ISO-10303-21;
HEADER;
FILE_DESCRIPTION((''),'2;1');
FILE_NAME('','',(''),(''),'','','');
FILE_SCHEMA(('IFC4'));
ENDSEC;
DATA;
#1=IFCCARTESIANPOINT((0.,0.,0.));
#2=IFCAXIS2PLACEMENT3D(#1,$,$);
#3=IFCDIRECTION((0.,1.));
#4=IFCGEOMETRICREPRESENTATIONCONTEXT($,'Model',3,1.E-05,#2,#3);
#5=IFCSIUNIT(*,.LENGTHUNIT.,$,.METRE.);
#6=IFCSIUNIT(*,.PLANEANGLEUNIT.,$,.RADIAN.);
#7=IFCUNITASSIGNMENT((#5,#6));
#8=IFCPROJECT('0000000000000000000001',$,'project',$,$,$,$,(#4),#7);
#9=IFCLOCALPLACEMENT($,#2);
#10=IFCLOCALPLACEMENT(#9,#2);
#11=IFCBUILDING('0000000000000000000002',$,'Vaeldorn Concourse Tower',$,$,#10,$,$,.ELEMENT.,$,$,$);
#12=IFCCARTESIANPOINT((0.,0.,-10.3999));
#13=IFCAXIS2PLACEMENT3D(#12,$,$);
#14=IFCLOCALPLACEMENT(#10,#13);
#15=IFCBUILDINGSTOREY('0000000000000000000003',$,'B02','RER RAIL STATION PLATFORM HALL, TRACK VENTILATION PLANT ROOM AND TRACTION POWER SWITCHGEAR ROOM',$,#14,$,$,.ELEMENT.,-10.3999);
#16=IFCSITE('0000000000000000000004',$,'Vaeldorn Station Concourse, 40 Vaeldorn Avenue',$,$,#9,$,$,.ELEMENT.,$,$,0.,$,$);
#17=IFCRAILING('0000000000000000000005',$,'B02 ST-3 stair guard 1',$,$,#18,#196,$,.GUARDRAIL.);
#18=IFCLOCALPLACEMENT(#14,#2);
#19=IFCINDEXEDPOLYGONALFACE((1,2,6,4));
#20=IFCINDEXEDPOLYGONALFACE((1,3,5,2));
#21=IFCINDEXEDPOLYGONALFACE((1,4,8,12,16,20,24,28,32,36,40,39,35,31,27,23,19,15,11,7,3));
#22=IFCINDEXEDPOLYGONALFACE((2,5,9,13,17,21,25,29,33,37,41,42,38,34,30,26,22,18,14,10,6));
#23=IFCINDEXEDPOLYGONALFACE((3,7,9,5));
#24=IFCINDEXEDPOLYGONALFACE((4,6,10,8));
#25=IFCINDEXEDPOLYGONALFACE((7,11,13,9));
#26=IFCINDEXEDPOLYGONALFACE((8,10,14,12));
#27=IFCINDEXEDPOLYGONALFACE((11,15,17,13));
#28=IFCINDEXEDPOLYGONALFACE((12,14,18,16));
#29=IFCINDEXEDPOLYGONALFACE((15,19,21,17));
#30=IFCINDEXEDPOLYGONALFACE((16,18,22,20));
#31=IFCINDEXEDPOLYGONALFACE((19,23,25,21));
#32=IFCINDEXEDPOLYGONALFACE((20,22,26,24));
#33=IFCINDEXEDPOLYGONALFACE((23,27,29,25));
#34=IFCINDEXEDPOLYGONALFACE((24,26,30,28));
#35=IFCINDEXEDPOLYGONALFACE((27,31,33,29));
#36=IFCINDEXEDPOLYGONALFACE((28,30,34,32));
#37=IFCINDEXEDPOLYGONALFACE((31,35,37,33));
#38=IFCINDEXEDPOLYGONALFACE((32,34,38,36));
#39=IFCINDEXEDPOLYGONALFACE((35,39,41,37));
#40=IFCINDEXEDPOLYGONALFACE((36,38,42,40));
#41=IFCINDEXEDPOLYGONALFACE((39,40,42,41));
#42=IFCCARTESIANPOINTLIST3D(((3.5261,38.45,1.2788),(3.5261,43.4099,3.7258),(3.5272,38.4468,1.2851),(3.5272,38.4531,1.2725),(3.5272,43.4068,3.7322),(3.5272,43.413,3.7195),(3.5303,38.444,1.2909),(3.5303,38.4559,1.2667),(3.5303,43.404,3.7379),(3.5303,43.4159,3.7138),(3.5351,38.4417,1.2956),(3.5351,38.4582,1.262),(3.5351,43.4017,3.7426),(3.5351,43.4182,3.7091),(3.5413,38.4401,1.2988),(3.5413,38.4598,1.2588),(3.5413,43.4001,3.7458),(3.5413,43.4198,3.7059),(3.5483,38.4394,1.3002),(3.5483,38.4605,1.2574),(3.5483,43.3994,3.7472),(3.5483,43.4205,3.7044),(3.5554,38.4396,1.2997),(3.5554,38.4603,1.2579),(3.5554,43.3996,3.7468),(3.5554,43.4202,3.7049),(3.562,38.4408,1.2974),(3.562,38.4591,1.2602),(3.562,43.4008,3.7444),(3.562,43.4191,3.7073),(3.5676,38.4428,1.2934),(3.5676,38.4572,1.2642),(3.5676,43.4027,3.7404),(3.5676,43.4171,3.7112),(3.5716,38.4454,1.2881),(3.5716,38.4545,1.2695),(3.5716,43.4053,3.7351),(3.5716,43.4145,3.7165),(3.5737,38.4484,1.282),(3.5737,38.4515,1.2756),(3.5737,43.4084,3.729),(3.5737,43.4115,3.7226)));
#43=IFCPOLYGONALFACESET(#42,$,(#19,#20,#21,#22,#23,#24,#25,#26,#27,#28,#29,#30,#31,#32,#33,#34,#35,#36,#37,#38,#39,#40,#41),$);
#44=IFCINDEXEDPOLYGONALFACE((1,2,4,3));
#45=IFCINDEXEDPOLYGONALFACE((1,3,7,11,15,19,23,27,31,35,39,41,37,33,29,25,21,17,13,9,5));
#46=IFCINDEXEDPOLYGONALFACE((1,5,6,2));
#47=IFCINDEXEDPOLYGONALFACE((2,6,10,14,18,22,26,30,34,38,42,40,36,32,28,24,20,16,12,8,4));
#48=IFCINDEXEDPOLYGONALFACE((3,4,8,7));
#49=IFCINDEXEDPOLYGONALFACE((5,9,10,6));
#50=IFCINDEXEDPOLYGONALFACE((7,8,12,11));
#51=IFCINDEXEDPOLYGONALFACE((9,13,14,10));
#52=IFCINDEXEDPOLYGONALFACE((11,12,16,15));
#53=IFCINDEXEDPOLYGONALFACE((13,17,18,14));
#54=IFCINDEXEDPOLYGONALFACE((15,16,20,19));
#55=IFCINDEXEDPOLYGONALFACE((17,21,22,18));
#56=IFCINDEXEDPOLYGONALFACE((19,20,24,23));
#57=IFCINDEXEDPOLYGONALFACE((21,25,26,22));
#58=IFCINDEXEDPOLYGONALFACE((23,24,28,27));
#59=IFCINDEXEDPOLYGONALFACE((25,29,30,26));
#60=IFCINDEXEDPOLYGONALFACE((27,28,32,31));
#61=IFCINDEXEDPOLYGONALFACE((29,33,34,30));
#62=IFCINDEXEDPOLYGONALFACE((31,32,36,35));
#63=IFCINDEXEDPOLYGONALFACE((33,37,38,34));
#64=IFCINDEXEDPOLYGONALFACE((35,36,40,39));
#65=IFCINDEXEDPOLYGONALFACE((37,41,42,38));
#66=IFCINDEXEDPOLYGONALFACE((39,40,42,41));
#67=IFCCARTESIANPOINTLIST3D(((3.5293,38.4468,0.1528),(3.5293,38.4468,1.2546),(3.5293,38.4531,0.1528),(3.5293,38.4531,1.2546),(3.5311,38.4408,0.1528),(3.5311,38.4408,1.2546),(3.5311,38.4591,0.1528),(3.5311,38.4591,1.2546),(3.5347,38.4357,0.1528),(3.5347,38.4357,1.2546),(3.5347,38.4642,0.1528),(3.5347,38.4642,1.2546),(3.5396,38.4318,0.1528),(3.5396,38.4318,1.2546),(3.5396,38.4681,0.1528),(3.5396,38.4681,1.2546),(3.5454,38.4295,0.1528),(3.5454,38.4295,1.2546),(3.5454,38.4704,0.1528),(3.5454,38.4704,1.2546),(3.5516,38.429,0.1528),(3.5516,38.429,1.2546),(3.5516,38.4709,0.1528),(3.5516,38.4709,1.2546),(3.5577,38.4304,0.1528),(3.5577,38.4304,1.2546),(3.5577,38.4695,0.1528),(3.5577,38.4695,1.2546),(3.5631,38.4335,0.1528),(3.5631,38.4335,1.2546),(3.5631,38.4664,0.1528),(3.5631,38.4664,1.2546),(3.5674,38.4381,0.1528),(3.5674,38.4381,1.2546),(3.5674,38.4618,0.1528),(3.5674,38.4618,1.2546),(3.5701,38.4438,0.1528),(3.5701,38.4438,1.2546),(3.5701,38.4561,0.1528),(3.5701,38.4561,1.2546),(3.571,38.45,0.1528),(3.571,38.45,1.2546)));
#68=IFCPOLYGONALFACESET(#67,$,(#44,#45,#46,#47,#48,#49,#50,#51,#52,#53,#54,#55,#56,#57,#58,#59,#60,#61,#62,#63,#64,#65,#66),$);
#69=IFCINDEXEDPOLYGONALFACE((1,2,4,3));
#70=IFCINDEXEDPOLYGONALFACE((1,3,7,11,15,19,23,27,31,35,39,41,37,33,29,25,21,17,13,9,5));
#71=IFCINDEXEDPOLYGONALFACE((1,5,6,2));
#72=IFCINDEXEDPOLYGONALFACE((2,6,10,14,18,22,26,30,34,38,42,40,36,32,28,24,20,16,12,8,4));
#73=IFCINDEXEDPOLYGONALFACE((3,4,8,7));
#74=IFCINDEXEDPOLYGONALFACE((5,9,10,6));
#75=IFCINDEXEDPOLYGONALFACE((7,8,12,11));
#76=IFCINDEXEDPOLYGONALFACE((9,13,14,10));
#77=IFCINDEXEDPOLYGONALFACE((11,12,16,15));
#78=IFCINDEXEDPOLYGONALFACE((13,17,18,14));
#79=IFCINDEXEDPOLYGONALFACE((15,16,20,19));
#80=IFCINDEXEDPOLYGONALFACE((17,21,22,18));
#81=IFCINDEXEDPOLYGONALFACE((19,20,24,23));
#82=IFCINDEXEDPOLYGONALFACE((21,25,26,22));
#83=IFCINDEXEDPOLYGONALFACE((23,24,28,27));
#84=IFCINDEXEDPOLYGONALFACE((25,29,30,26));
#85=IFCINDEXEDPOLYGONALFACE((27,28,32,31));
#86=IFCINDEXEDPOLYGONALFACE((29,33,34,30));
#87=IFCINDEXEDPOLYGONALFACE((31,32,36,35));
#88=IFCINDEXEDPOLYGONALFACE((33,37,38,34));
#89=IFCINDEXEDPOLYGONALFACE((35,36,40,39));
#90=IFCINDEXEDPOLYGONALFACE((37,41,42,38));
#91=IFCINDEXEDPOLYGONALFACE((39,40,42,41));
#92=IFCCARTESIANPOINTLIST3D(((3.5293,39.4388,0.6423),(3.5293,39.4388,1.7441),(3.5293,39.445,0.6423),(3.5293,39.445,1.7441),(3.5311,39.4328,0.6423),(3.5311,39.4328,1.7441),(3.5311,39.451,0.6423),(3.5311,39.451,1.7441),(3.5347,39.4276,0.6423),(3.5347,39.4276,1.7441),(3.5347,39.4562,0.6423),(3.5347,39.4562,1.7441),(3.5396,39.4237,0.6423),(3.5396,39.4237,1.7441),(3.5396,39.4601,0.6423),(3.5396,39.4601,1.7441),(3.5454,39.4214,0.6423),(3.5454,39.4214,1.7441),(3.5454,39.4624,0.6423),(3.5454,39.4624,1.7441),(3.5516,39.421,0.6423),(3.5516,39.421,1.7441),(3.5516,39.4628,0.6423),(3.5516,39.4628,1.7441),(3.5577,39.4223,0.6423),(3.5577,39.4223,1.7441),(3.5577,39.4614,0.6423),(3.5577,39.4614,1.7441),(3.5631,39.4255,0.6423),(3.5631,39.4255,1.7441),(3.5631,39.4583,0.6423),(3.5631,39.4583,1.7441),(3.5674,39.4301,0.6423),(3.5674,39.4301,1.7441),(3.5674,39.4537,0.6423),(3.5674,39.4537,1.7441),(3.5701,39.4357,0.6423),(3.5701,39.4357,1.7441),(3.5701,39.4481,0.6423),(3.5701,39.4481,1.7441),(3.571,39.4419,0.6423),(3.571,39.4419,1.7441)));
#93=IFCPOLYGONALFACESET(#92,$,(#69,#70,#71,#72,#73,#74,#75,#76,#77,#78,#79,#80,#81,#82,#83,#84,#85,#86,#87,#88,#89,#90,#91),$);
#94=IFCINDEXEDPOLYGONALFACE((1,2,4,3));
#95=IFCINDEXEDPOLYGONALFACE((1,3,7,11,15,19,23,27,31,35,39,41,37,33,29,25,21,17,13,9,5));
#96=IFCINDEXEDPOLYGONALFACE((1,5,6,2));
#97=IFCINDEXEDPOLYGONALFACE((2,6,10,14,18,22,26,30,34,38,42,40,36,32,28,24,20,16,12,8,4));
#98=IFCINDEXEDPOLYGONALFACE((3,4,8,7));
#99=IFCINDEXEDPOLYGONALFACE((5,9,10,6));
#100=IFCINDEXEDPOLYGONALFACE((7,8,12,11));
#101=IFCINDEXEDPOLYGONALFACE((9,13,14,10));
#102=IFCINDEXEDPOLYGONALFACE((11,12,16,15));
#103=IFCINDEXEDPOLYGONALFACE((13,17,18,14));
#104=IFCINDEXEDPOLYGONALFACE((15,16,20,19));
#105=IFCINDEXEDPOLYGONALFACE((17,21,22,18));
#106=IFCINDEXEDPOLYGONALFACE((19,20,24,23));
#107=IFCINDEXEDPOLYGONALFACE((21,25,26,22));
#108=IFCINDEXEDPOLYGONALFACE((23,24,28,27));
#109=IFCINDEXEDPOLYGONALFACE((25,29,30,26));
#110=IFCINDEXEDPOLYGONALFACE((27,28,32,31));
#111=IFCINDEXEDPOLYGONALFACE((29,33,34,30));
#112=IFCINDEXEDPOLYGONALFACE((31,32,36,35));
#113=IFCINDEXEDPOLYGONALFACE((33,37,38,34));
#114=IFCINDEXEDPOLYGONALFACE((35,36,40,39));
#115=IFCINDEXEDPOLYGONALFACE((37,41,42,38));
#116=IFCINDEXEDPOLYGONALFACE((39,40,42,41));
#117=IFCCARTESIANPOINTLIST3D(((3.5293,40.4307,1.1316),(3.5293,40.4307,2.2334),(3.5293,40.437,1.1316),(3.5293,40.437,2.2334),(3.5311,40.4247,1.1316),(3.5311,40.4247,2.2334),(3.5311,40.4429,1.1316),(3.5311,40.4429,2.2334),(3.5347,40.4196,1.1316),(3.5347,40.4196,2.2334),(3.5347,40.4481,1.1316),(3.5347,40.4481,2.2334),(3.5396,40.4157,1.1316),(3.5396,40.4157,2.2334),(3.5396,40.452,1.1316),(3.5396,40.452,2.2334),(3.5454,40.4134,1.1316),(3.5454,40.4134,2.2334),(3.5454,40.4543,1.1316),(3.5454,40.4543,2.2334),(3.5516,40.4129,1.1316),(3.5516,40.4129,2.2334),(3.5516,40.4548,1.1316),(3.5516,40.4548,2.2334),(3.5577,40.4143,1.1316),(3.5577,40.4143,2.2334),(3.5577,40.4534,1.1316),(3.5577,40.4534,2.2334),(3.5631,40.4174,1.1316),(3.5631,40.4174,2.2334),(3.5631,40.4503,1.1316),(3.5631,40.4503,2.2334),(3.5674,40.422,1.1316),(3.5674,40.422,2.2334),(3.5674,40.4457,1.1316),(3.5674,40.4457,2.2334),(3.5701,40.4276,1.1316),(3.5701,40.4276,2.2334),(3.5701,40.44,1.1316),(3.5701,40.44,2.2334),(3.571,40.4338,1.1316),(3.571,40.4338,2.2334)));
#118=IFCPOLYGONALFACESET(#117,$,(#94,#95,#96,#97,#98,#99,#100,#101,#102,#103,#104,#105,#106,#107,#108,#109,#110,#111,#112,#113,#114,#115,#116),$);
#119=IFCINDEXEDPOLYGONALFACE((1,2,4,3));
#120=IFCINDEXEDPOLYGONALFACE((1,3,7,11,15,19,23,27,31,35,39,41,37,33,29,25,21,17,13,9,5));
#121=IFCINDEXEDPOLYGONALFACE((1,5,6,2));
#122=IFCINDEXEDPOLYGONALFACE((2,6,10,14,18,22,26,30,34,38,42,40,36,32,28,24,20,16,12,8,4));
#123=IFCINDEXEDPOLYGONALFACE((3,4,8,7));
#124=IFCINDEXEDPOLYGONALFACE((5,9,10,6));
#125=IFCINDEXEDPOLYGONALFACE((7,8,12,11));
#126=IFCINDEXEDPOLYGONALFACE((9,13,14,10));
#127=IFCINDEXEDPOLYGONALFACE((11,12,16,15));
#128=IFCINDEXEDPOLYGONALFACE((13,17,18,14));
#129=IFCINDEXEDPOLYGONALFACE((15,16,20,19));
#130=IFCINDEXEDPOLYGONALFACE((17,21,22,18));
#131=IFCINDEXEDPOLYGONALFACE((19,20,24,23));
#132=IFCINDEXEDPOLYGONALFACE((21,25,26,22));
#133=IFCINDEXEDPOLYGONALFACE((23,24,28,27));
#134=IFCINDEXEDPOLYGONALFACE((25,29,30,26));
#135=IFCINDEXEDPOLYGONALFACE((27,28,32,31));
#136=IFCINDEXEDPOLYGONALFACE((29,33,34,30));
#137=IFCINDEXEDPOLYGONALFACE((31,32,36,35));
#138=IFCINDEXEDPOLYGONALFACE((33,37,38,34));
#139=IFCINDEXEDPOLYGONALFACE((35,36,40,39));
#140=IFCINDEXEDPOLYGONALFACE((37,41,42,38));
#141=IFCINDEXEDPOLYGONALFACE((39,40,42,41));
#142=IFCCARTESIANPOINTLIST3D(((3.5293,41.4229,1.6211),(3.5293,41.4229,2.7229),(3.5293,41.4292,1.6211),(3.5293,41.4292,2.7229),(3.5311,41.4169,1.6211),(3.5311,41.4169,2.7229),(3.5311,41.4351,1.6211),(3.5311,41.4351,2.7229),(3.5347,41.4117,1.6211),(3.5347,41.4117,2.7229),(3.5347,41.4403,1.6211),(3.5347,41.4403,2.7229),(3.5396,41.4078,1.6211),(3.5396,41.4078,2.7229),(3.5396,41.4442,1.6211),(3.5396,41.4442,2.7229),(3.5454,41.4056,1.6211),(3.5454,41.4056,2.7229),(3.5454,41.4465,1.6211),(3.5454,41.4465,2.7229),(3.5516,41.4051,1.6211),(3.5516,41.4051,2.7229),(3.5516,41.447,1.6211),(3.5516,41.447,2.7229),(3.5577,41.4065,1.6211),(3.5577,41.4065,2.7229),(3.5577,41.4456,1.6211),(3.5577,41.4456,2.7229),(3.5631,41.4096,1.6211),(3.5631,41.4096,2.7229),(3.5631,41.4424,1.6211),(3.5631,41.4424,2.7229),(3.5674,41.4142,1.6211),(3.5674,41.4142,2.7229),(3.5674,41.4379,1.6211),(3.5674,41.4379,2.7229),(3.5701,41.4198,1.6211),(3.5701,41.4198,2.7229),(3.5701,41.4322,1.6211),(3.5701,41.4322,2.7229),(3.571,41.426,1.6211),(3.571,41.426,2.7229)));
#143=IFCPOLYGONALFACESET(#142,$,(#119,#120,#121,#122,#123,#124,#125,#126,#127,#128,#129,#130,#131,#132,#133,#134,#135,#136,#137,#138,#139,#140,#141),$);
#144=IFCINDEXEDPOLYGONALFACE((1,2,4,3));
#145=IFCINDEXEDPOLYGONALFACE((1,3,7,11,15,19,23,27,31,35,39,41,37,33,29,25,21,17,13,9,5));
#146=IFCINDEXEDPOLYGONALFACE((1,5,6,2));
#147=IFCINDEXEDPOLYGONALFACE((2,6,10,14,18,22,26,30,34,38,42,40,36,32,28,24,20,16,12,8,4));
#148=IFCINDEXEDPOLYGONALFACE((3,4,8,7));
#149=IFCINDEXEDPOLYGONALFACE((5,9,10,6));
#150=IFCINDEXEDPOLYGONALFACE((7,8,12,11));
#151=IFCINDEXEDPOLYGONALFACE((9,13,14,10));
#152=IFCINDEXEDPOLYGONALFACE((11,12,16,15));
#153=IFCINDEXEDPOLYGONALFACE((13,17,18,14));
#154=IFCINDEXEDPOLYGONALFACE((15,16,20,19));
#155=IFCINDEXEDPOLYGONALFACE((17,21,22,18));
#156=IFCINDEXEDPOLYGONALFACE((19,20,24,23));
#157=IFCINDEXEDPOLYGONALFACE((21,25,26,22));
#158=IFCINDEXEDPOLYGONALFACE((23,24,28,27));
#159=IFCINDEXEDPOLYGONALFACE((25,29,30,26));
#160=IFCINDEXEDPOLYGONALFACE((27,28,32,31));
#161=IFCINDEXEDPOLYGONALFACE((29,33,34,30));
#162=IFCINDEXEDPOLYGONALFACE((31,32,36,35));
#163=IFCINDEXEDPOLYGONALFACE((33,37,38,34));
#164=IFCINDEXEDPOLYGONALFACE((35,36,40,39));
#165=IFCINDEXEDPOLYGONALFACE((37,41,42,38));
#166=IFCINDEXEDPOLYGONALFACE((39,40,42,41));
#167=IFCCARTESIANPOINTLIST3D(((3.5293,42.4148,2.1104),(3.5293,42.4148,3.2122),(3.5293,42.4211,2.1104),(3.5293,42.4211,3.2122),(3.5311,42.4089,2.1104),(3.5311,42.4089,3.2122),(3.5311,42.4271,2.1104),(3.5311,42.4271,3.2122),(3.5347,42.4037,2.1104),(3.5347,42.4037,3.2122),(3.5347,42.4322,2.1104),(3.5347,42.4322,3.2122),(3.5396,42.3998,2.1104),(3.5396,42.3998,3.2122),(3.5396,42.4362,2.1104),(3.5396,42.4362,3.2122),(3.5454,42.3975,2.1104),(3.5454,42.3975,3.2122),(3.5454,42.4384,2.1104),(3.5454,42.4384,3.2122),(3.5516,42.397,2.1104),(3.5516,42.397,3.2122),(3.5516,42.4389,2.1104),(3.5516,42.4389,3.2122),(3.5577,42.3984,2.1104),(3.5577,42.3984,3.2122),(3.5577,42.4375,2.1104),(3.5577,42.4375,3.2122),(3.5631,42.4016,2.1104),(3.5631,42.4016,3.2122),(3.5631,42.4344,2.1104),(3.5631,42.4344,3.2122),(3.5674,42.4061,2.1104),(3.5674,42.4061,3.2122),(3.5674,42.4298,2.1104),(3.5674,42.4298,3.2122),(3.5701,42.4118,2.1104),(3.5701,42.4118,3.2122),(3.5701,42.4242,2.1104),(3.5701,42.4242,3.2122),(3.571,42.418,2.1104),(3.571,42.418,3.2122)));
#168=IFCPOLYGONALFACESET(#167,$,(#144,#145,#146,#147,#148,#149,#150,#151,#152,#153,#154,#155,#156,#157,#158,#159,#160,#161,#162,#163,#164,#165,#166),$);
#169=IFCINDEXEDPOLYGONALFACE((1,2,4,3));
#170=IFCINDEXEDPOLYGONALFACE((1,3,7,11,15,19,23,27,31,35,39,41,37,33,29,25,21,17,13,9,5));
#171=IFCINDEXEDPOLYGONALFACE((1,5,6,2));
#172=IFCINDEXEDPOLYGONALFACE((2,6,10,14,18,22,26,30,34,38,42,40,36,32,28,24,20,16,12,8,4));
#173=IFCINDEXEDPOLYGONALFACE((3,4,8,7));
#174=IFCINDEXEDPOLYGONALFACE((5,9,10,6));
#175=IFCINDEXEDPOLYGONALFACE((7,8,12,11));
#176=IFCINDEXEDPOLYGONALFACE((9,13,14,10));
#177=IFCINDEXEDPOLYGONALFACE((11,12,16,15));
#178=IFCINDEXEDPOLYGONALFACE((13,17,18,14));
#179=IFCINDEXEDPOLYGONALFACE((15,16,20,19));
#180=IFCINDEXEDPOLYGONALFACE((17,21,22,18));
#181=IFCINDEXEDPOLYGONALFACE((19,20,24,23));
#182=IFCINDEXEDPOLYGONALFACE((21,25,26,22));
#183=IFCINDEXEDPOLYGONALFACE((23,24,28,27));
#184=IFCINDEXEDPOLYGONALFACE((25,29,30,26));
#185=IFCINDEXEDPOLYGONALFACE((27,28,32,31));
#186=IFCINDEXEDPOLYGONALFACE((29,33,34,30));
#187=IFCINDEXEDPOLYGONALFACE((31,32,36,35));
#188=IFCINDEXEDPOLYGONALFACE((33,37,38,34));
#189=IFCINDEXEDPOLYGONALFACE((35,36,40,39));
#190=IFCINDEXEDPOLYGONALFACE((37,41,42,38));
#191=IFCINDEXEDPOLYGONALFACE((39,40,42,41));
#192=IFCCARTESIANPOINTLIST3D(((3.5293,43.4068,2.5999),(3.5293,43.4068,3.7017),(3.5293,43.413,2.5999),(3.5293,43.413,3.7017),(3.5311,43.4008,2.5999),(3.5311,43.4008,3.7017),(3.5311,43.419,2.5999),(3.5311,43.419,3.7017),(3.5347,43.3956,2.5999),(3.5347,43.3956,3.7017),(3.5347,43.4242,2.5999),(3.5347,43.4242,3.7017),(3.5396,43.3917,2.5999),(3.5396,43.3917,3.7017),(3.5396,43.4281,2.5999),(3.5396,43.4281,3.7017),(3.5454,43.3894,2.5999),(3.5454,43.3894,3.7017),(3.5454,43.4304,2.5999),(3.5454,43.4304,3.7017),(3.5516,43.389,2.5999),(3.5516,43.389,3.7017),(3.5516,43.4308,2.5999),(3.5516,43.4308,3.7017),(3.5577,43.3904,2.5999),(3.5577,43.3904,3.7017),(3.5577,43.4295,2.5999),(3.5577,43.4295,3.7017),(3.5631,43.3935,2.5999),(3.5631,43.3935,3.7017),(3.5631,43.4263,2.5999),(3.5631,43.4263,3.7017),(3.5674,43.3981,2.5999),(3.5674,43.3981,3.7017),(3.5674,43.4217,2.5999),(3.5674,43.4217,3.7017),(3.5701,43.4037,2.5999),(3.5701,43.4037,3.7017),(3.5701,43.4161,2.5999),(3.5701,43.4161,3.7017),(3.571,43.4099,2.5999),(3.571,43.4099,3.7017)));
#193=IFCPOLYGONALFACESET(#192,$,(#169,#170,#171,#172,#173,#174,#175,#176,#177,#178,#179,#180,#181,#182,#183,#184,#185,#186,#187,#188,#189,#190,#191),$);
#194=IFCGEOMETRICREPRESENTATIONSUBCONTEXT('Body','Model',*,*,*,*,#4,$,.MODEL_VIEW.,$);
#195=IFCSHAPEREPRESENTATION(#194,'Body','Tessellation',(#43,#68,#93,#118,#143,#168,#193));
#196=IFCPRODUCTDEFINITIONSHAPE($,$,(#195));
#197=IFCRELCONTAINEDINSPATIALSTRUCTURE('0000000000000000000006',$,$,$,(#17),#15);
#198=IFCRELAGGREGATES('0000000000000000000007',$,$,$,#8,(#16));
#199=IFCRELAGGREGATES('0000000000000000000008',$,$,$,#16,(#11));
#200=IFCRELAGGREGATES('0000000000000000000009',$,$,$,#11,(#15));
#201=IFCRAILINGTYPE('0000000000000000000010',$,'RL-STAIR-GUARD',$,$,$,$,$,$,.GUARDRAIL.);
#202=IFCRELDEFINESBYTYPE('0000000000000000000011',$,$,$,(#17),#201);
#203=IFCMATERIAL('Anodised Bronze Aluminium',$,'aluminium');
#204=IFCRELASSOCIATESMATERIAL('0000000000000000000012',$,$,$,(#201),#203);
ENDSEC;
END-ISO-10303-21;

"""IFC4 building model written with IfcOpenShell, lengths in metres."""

from ifc_helpers import new_model, si_unit, direction, frame, origin, origin_2d, place, context, subcontext, project, spatial, circle, extrude, material, type_object, element, save


model = new_model("IFC4")

# Units and contexts
model_context = context("Model", 3, precision=1e-05, world=origin(), true_north=direction((0.0, 1.0)))
body_context = subcontext(model_context, "Body", "Model", "MODEL_VIEW")
ifc_project = project(units=[si_unit("LENGTHUNIT", "METRE"), si_unit("PLANEANGLEUNIT", "RADIAN")], contexts=[model_context])

# Site, building, storey
site_placement = place(None, origin())
site = spatial("IfcSite", under=ifc_project, at=site_placement, Name="Vaeldorn Station Concourse, 40 Vaeldorn Avenue", CompositionType="ELEMENT", RefElevation=0.0)
building_placement = place(site_placement, origin())
building = spatial("IfcBuilding", under=site, at=building_placement, Name="Vaeldorn Concourse Tower", CompositionType="ELEMENT")
storey_placement = place(building_placement, frame((0.0, 0.0, -10.3999)))
storey = spatial("IfcBuildingStorey", under=building, at=storey_placement, Name="B02", Description="RER RAIL STATION PLATFORM HALL, TRACK VENTILATION PLANT ROOM AND TRACTION POWER SWITCHGEAR ROOM", CompositionType="ELEMENT", Elevation=-10.3999)

# Railing
ifc_material_1 = material(Name="Anodised Bronze Aluminium", Category="aluminium")
railing_type_1 = type_object("IfcRailingType", Name="RL-STAIR-GUARD", PredefinedType="GUARDRAIL", material=ifc_material_1)
railing_1_placement = place(storey_placement, frame((3.55, 38.45, 0.1528)))
element("IfcRailing", 1, at=railing_1_placement, inside=storey, type_object=railing_type_1, Name="B02 ST-3 stair guard 1", PredefinedType="GUARDRAIL", context=body_context, shape_type="SweptSolid", body=[
    extrude(circle(Radius=0.0239, at=origin_2d()), frame((0.0, 0.0, 1.126), z_axis=(0.0, 0.896798, 0.44244), x_axis=(-1.0, 0.0, 0.0)), (0.0, 0.0, 1.0), 5.5308),
    extrude(circle(Radius=0.021, at=origin_2d()), origin(), (0.0, 0.0, 1.0), 1.1018),
    extrude(circle(Radius=0.021, at=origin_2d()), frame((0.0, 0.9919, 0.4895)), (0.0, 0.0, 1.0), 1.1018),
    extrude(circle(Radius=0.021, at=origin_2d()), frame((0.0, 1.9839, 0.9788)), (0.0, 0.0, 1.0), 1.1018),
    extrude(circle(Radius=0.021, at=origin_2d()), frame((0.0, 2.9761, 1.4683)), (0.0, 0.0, 1.0), 1.1018),
    extrude(circle(Radius=0.021, at=origin_2d()), frame((0.0, 3.968, 1.9575)), (0.0, 0.0, 1.0), 1.1018),
    extrude(circle(Radius=0.021, at=origin_2d()), frame((0.0, 4.96, 2.447)), (0.0, 0.0, 1.0), 1.1018),
])

save(model, "model.ifc")
